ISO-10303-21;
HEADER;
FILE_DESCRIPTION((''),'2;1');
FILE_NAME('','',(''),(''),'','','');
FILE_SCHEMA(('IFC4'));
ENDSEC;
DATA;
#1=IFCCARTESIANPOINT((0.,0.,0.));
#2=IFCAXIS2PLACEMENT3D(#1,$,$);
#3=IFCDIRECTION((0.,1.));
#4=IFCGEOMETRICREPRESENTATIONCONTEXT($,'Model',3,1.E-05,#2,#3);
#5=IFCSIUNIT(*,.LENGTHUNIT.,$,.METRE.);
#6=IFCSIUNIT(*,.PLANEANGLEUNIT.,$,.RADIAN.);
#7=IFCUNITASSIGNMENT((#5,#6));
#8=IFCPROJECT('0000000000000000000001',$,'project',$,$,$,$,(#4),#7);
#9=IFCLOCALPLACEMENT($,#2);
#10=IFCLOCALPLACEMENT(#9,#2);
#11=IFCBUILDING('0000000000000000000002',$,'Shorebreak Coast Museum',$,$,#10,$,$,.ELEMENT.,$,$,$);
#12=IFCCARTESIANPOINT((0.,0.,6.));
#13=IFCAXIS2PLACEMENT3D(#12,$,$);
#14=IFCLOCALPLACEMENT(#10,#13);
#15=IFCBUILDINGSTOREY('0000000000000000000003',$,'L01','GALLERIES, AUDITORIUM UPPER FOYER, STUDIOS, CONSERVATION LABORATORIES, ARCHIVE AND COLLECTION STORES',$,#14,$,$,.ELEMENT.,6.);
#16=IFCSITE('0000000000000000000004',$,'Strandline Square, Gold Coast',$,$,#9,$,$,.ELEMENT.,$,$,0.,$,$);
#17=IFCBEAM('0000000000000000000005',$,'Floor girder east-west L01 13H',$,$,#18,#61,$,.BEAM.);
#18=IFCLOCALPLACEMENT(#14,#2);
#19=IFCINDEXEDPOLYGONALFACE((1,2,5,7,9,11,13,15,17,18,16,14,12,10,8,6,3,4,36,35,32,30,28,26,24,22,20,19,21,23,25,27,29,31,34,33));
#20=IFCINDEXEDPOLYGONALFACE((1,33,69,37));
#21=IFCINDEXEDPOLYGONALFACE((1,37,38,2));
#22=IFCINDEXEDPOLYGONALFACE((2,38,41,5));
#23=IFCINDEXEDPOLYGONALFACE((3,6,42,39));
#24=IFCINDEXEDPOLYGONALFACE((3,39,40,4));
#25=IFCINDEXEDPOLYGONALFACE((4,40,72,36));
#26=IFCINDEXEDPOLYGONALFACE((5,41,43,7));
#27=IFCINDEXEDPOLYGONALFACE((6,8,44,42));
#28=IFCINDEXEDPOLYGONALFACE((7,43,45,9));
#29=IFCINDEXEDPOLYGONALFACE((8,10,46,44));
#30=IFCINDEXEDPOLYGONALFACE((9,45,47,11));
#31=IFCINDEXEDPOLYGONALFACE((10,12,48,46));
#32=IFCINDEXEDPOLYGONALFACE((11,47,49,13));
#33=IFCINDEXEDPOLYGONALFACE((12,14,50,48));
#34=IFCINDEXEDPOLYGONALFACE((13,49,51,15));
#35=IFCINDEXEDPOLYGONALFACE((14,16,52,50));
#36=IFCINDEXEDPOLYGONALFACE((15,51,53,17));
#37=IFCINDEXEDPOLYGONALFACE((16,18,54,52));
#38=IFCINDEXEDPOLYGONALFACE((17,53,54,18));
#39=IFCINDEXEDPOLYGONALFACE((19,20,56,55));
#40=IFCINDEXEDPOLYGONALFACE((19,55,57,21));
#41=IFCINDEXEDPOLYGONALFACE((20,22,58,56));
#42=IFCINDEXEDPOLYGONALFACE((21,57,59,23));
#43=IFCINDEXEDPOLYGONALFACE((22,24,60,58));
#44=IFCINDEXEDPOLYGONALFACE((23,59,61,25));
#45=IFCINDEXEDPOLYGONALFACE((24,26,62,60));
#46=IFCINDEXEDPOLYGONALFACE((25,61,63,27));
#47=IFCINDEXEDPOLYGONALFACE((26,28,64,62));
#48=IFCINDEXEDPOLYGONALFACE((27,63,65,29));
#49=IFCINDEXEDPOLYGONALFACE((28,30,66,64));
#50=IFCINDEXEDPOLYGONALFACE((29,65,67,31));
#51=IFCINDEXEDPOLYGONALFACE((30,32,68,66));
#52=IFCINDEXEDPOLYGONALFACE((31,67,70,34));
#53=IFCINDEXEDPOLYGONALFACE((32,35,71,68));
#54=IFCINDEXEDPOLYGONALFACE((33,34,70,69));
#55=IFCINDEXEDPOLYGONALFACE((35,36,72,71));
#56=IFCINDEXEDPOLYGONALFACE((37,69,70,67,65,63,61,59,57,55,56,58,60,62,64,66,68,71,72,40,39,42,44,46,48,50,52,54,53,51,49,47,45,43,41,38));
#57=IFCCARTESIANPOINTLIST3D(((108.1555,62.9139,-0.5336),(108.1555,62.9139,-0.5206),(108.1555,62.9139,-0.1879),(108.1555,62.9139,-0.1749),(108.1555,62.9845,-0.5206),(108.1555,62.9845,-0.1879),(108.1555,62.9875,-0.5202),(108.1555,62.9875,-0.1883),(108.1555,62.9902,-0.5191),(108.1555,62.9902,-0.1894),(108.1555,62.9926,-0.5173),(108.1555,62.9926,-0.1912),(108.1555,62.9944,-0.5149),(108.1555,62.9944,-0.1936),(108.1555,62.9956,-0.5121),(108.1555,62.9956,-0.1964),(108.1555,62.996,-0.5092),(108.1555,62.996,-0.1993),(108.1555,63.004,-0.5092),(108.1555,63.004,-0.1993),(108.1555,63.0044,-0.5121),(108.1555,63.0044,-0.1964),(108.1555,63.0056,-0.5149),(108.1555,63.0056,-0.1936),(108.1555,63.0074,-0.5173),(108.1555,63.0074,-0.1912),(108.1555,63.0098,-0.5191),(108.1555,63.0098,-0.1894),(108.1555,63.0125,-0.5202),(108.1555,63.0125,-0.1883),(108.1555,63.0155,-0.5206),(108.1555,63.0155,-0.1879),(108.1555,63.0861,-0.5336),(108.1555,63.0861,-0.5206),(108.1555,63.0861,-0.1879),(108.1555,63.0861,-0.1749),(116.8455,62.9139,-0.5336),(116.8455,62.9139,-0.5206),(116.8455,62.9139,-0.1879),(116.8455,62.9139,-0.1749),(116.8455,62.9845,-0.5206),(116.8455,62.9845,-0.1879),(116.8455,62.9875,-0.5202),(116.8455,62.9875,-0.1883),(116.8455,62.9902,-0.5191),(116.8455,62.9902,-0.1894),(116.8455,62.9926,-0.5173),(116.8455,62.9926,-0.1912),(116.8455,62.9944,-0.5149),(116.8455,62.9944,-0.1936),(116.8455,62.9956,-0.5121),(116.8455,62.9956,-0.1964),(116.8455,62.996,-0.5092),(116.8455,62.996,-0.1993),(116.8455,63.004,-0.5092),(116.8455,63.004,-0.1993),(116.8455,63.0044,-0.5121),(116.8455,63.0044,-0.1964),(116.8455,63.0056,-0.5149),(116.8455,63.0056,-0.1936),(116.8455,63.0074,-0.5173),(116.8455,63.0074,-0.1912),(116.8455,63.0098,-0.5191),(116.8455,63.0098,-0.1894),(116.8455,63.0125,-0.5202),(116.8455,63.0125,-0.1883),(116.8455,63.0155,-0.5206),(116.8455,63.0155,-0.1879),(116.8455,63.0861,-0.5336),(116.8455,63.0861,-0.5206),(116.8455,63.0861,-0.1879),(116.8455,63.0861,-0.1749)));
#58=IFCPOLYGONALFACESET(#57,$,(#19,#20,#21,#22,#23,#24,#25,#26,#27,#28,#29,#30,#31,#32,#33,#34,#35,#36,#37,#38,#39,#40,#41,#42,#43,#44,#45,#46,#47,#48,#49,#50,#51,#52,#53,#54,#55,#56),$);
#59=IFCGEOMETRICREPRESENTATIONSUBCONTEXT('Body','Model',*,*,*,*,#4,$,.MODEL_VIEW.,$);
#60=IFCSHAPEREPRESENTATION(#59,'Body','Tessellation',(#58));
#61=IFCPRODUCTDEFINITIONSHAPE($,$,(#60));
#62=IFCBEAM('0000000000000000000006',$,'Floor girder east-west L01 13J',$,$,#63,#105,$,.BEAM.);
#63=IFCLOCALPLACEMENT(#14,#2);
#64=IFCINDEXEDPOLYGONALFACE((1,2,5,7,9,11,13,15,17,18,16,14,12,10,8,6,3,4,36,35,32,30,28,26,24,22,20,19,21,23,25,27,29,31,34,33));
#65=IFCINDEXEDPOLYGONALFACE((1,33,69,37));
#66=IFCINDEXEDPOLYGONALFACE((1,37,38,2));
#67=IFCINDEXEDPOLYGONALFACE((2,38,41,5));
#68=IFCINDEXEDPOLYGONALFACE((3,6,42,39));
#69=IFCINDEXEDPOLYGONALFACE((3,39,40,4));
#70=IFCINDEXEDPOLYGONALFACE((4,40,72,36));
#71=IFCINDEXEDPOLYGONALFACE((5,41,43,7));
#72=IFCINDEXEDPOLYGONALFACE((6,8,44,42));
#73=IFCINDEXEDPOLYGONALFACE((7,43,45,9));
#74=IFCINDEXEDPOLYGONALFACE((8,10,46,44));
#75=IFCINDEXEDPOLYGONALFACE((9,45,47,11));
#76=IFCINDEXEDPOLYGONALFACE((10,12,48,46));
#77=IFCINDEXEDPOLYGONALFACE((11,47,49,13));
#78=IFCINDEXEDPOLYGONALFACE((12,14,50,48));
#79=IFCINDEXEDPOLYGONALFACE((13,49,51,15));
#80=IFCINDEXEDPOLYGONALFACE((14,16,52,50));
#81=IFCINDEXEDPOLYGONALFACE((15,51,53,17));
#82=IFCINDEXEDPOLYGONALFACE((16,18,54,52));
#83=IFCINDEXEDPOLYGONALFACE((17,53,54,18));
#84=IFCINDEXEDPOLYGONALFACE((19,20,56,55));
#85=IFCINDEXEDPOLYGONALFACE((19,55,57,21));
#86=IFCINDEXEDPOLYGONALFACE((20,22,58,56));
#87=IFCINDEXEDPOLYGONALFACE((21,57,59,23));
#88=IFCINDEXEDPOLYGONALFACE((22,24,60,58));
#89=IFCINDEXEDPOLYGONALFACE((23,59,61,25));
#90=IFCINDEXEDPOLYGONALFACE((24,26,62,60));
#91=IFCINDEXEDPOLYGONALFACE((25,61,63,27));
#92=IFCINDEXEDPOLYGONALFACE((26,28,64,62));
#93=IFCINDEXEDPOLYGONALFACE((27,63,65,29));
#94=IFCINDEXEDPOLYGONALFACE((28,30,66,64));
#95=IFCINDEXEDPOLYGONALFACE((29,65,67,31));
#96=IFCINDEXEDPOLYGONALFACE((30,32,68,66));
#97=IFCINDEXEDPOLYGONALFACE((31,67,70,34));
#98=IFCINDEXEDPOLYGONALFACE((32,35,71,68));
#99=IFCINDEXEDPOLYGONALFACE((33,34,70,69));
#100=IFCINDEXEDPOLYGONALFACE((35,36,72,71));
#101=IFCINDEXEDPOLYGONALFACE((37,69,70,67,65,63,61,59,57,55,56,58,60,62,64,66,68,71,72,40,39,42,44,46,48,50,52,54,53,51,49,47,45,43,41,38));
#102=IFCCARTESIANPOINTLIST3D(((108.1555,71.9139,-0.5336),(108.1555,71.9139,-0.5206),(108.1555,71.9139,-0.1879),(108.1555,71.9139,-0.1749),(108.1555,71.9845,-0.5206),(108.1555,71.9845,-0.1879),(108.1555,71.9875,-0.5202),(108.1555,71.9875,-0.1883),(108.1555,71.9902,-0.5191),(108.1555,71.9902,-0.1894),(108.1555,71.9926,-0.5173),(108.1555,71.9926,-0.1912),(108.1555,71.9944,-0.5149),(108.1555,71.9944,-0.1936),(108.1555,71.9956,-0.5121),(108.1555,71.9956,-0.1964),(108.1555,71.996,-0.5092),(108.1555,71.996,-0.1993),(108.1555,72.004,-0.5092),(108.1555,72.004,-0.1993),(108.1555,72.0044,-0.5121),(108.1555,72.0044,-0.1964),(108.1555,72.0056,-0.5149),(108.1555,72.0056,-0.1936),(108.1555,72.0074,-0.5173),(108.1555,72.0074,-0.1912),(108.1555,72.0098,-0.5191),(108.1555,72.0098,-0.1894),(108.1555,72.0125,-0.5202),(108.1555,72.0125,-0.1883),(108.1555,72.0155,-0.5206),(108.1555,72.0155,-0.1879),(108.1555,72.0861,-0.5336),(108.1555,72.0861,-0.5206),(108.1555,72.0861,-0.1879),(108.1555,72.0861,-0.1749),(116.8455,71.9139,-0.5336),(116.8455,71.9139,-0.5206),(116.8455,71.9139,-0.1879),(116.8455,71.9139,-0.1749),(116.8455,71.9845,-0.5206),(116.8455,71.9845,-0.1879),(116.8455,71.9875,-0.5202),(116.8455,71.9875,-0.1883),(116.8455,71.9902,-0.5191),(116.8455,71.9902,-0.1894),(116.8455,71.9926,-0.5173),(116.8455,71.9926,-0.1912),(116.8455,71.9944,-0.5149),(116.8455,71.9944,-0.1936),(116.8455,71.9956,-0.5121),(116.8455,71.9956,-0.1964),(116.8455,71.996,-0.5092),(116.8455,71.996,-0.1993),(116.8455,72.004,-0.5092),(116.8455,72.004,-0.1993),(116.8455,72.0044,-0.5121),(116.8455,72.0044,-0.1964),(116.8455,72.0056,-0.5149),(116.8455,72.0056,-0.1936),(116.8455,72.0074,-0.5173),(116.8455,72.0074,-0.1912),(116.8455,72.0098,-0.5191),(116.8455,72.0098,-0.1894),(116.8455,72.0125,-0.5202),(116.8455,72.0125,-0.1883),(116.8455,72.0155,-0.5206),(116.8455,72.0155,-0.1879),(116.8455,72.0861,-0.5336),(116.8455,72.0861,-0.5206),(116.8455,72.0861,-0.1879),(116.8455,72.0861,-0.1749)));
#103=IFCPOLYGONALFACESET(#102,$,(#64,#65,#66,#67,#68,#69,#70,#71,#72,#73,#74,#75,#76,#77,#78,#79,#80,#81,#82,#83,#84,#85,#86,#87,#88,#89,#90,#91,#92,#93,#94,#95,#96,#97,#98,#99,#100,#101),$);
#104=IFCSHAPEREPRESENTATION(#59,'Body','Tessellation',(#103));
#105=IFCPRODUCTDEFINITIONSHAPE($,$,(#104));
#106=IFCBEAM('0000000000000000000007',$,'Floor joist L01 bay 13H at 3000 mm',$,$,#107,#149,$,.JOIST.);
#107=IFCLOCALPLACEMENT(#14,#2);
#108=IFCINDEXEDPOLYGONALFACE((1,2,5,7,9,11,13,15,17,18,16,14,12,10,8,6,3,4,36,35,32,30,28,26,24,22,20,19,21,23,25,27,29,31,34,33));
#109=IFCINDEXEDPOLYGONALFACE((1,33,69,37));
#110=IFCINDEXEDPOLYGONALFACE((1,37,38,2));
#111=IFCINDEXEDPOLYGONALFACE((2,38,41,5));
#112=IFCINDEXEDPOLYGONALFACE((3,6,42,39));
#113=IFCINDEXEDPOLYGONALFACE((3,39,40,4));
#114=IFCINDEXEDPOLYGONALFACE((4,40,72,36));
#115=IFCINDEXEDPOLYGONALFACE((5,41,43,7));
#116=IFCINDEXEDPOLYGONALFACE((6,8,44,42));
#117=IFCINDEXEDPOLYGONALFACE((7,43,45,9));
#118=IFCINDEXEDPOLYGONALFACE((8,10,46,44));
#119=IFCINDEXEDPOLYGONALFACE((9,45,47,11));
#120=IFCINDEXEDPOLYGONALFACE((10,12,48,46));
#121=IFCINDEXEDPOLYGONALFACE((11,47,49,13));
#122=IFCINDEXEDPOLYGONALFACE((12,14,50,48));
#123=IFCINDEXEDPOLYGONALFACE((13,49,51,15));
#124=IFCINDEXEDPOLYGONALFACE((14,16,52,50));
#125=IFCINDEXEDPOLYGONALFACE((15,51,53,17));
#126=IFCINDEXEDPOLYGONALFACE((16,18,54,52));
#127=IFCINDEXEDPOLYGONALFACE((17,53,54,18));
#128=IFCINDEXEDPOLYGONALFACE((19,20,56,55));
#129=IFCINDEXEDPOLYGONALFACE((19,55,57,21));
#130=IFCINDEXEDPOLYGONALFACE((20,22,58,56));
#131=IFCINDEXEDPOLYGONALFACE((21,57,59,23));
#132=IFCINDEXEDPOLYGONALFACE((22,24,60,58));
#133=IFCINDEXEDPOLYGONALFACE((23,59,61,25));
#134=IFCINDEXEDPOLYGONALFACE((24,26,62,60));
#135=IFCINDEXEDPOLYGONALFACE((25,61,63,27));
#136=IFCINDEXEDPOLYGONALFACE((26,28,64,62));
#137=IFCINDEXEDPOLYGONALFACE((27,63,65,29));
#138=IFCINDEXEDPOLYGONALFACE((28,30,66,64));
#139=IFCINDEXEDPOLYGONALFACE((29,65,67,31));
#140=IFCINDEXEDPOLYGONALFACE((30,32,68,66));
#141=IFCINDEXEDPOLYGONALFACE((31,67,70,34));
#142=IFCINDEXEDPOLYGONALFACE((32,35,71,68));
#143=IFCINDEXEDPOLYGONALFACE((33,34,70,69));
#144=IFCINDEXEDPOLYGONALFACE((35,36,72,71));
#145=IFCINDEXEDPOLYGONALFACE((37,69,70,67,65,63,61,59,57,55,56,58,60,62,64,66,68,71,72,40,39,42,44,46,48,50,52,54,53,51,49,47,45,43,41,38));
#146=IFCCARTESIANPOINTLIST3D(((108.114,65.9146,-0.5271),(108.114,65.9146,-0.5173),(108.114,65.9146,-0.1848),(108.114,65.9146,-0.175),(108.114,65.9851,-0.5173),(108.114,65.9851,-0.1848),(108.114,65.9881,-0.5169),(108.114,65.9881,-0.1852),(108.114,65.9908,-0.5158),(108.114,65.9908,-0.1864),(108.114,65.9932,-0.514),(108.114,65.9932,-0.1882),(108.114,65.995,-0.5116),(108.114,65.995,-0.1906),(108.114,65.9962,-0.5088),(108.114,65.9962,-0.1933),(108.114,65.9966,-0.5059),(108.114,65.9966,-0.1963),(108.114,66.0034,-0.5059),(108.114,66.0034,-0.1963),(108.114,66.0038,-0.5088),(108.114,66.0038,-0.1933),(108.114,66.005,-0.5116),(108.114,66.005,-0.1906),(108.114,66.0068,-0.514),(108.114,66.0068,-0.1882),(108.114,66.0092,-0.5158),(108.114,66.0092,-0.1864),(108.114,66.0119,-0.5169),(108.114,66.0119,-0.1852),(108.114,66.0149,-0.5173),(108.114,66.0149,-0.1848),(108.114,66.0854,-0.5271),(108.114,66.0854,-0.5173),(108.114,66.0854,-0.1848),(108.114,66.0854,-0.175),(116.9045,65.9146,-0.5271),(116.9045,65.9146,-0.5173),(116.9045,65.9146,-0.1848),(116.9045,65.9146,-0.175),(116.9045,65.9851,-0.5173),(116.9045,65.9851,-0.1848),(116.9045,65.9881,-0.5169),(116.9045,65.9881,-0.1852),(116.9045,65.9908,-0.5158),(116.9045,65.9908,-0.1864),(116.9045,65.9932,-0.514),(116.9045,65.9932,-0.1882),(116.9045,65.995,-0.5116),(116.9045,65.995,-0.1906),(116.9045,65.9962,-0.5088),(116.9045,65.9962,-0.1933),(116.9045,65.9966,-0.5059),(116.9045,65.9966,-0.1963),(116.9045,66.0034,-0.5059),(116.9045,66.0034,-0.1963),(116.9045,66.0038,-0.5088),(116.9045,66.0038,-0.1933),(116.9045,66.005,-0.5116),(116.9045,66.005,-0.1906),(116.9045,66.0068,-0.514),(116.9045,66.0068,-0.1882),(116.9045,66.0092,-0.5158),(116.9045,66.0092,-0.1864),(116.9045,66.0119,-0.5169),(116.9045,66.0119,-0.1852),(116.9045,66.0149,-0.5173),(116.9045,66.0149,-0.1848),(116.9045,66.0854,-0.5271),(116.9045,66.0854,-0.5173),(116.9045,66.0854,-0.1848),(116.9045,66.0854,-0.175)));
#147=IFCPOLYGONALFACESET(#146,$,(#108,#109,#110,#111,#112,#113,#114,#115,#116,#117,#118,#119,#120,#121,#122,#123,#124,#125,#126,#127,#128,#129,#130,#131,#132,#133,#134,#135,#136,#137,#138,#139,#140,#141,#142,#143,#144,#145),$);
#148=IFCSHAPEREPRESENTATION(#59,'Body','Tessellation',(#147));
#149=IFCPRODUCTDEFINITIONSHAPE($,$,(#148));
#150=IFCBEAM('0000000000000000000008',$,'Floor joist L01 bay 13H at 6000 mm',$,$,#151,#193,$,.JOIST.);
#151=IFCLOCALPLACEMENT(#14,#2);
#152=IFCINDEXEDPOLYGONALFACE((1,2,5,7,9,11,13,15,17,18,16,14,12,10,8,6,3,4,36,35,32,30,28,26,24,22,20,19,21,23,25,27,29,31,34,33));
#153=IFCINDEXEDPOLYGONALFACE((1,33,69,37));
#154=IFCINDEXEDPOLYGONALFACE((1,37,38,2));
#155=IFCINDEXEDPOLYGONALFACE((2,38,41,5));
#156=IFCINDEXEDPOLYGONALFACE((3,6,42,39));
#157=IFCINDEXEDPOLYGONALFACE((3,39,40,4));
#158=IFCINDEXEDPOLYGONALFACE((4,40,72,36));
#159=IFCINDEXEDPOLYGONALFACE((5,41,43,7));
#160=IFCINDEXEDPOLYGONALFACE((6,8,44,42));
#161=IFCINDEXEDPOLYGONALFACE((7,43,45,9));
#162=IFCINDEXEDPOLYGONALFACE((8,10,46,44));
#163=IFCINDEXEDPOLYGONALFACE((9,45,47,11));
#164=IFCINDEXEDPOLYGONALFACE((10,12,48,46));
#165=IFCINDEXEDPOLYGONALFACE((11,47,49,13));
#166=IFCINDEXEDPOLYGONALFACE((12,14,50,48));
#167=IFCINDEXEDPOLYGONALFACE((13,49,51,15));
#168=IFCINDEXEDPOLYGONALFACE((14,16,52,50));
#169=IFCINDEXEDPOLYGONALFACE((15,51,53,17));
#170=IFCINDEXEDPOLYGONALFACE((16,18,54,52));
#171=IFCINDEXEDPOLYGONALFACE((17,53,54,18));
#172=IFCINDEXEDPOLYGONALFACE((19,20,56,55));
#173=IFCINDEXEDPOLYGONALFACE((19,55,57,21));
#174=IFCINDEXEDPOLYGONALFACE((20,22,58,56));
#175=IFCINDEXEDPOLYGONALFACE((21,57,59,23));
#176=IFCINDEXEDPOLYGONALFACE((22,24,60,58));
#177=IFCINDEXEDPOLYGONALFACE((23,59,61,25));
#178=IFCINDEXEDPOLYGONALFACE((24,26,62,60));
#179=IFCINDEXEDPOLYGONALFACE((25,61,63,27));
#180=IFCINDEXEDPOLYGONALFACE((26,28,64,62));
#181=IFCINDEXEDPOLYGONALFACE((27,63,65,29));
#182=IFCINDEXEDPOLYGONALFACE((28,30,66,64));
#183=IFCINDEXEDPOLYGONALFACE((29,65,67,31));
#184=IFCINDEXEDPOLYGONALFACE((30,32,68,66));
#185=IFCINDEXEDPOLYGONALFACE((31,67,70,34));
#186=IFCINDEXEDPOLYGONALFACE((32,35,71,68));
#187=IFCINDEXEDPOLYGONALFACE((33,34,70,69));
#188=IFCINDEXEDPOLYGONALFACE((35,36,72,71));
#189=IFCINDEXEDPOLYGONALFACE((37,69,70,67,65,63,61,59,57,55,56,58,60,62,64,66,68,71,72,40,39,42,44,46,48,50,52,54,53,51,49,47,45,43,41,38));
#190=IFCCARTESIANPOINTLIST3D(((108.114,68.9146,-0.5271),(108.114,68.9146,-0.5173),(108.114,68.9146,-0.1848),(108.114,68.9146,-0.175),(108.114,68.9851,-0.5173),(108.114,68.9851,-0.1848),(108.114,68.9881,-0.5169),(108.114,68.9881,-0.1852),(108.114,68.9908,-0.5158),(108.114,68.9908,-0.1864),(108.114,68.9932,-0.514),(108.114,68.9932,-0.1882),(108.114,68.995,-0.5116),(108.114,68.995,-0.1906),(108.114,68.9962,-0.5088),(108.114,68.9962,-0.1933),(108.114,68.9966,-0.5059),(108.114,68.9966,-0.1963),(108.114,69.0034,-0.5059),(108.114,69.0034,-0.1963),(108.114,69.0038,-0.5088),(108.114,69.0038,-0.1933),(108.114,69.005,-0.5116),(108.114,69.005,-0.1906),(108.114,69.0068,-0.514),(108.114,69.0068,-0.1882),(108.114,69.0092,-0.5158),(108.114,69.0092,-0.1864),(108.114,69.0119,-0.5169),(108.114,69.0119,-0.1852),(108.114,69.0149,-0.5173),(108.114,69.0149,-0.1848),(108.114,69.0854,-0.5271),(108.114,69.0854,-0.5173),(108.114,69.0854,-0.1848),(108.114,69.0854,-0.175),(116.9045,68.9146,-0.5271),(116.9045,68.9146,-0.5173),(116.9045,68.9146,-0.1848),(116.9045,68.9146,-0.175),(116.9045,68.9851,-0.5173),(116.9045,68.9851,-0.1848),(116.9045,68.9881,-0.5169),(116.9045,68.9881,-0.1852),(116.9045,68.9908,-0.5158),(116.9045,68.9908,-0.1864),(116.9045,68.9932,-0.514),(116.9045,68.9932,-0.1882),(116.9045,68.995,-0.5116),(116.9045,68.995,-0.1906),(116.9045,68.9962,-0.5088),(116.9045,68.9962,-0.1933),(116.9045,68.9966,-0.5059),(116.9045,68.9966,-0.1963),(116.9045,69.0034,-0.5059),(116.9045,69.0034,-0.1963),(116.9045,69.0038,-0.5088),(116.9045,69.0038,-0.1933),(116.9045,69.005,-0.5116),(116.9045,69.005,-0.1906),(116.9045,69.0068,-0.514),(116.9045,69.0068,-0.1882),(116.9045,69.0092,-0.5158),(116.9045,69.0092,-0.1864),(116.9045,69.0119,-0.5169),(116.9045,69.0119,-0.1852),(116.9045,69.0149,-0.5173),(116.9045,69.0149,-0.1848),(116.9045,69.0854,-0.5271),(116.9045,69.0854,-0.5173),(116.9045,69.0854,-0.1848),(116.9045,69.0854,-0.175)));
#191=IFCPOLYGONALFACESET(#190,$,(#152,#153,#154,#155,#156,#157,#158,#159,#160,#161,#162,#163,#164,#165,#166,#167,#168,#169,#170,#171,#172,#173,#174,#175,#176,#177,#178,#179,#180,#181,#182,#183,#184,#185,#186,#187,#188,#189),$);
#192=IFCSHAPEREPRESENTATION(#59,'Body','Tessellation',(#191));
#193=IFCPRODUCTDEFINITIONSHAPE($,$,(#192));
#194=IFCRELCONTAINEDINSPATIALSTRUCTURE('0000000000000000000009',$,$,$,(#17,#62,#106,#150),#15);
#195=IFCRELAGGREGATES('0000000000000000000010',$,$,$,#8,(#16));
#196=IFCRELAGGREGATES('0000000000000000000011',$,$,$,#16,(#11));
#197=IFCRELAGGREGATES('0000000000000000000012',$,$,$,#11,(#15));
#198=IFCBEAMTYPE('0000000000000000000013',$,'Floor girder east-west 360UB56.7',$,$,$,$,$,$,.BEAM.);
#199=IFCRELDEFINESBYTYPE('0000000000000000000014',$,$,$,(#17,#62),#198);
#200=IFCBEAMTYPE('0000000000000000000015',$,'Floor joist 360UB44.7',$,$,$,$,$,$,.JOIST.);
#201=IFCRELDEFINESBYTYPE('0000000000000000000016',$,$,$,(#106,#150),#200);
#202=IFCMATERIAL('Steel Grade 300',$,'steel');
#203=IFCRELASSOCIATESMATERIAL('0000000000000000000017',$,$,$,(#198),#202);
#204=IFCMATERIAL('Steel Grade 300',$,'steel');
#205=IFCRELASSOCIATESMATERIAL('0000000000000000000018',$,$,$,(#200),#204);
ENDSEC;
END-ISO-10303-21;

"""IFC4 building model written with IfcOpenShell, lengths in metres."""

from ifc_helpers import new_model, si_unit, direction, frame, origin, origin_2d, place, context, subcontext, project, spatial, i_section, extrude, material, material_profile, profile_set, type_object, element, save


model = new_model("IFC4")

# Units and contexts
model_context = context("Model", 3, precision=1e-05, world=origin(), true_north=direction((0.0, 1.0)))
body_context = subcontext(model_context, "Body", "Model", "MODEL_VIEW")
ifc_project = project(units=[si_unit("LENGTHUNIT", "METRE"), si_unit("PLANEANGLEUNIT", "RADIAN")], contexts=[model_context])

# Site, building, storey
site_placement = place(None, origin())
site = spatial("IfcSite", under=ifc_project, at=site_placement, Name="Strandline Square, Gold Coast", CompositionType="ELEMENT", RefElevation=0.0)
building_placement = place(site_placement, origin())
building = spatial("IfcBuilding", under=site, at=building_placement, Name="Shorebreak Coast Museum", CompositionType="ELEMENT")
storey_placement = place(building_placement, frame((0.0, 0.0, 6.0)))
storey = spatial("IfcBuildingStorey", under=building, at=storey_placement, Name="L01", Description="GALLERIES, AUDITORIUM UPPER FOYER, STUDIOS, CONSERVATION LABORATORIES, ARCHIVE AND COLLECTION STORES", CompositionType="ELEMENT", Elevation=6.0)

# Beams
ifc_material_1 = material(Name="Steel Grade 300", Category="steel")
ifc_material_profile_1 = material_profile(ifc_material_1, i_section(OverallWidth=0.1721, OverallDepth=0.3586, WebThickness=0.0081, FlangeThickness=0.0129, FilletRadius=0.0115, at=origin_2d()), Name="360UB56.7")
ifc_profile_set_1 = profile_set([ifc_material_profile_1], Name="Steel Grade 300")
beam_type_1 = type_object("IfcBeamType", Name="Floor girder east-west 360UB56.7", PredefinedType="BEAM", material=ifc_profile_set_1)
for number, where, z_axis, x_axis, name in (
    (1, (108.1555, 63.0, -0.3542), (1.0, 0.0, 0.0), (0.0, 1.0, 0.0), "Floor girder east-west L01 13H"),
    (2, (108.1555, 72.0, -0.3542), (1.0, 0.0, 0.0), (0.0, 1.0, 0.0), "Floor girder east-west L01 13J"),
):
    element("IfcBeam", number, at=place(storey_placement, frame(where, z_axis=z_axis, x_axis=x_axis)), inside=storey, type_object=beam_type_1, Name=name, PredefinedType="BEAM", context=body_context, shape_type="SweptSolid", body=[
        extrude(i_section(OverallWidth=0.1721, OverallDepth=0.3586, WebThickness=0.0081, FlangeThickness=0.0129, FilletRadius=0.0115, at=origin_2d()), origin(), (0.0, 0.0, 1.0), 8.6899),
    ])
ifc_material_2 = material(Name="Steel Grade 300", Category="steel")
ifc_material_profile_2 = material_profile(ifc_material_2, i_section(OverallWidth=0.1709, OverallDepth=0.3521, WebThickness=0.0068, FlangeThickness=0.0098, FilletRadius=0.0115, at=origin_2d()), Name="360UB44.7")
ifc_profile_set_2 = profile_set([ifc_material_profile_2], Name="Steel Grade 300")
beam_type_2 = type_object("IfcBeamType", Name="Floor joist 360UB44.7", PredefinedType="JOIST", material=ifc_profile_set_2)
for number, where, z_axis, x_axis, name in (
    (3, (108.114, 66.0, -0.3511), (1.0, 0.0, 0.0), (0.0, 1.0, 0.0), "Floor joist L01 bay 13H at 3000 mm"),
    (4, (108.114, 69.0, -0.3511), (1.0, 0.0, 0.0), (0.0, 1.0, 0.0), "Floor joist L01 bay 13H at 6000 mm"),
):
    element("IfcBeam", number, at=place(storey_placement, frame(where, z_axis=z_axis, x_axis=x_axis)), inside=storey, type_object=beam_type_2, Name=name, PredefinedType="JOIST", context=body_context, shape_type="SweptSolid", body=[
        extrude(i_section(OverallWidth=0.1709, OverallDepth=0.3521, WebThickness=0.0068, FlangeThickness=0.0098, FilletRadius=0.0115, at=origin_2d()), origin(), (0.0, 0.0, 1.0), 8.7905),
    ])

save(model, "model.ifc")
